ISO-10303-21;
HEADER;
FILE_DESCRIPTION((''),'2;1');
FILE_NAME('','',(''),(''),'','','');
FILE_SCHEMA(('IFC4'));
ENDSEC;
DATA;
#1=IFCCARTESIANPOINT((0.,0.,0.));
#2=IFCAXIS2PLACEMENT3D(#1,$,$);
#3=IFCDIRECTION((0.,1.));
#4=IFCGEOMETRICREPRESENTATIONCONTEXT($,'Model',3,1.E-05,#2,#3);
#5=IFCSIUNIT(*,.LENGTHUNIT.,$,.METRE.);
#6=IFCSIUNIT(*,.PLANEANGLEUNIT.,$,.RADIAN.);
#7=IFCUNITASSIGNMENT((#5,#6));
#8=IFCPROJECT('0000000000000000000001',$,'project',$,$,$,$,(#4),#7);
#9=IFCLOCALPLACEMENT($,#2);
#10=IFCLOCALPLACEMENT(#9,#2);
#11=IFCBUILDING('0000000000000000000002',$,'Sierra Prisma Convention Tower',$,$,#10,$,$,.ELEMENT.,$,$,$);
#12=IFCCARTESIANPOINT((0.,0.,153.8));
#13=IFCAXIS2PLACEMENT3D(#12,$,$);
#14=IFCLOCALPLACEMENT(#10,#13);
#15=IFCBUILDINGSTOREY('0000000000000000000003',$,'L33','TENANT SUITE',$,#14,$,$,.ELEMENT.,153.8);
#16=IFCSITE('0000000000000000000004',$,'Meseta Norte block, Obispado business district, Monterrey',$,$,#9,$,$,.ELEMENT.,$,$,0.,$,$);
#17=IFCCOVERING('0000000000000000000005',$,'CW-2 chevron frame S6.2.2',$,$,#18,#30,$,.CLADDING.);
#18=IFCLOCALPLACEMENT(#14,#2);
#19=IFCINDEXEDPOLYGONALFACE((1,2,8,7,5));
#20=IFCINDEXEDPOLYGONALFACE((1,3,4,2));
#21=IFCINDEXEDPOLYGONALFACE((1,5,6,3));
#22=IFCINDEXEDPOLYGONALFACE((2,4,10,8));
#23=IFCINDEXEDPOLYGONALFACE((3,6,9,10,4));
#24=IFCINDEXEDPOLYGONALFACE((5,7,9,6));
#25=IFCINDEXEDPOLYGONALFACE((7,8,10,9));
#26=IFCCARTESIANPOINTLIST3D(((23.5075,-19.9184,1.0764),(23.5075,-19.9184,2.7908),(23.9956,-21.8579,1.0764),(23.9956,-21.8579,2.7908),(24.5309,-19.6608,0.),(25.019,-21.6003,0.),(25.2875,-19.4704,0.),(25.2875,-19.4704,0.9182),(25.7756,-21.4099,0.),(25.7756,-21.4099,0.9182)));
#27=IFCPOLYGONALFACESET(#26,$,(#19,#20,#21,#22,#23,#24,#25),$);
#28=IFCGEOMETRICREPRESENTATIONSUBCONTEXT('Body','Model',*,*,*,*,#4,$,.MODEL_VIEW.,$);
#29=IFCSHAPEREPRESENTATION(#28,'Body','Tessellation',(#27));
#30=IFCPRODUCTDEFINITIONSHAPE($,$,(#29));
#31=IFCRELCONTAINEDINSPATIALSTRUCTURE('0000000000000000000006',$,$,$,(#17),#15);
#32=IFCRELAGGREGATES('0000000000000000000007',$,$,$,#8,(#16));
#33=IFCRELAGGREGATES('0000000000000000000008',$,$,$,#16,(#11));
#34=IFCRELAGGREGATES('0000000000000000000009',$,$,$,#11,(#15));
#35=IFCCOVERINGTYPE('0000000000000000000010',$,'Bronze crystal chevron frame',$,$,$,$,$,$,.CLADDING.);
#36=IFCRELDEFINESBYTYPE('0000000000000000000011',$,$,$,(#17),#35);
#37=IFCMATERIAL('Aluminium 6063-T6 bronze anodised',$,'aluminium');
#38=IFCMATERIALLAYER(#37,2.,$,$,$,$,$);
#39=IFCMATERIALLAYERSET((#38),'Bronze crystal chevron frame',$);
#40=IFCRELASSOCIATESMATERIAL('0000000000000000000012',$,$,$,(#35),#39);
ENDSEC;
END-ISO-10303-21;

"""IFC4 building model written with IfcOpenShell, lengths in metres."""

from ifc_helpers import new_model, si_unit, direction, frame, origin, place, context, subcontext, project, spatial, polyline, outline, extrude, material, layer, layer_set, type_object, element, save


model = new_model("IFC4")

# Units and contexts
model_context = context("Model", 3, precision=1e-05, world=origin(), true_north=direction((0.0, 1.0)))
body_context = subcontext(model_context, "Body", "Model", "MODEL_VIEW")
ifc_project = project(units=[si_unit("LENGTHUNIT", "METRE"), si_unit("PLANEANGLEUNIT", "RADIAN")], contexts=[model_context])

# Site, building, storey
site_placement = place(None, origin())
site = spatial("IfcSite", under=ifc_project, at=site_placement, Name="Meseta Norte block, Obispado business district, Monterrey", CompositionType="ELEMENT", RefElevation=0.0)
building_placement = place(site_placement, origin())
building = spatial("IfcBuilding", under=site, at=building_placement, Name="Sierra Prisma Convention Tower", CompositionType="ELEMENT")
storey_placement = place(building_placement, frame((0.0, 0.0, 153.8)))
storey = spatial("IfcBuildingStorey", under=building, at=storey_placement, Name="L33", Description="TENANT SUITE", CompositionType="ELEMENT", Elevation=153.8)

# Covering
ifc_material_1 = material(Name="Aluminium 6063-T6 bronze anodised", Category="aluminium")
ifc_layer_1 = layer(ifc_material_1, 2.0)
ifc_layer_set_1 = layer_set([ifc_layer_1], Name="Bronze crystal chevron frame")
covering_type = type_object("IfcCoveringType", Name="Bronze crystal chevron frame", PredefinedType="CLADDING", material=ifc_layer_set_1)
covering_1_placement = place(storey_placement, frame((25.7756, -21.4099, 0.0), z_axis=(0.244071, -0.969757, 0.000003), x_axis=(-0.000001, 0.000003, 1.0)))
element("IfcCovering", 1, at=covering_1_placement, inside=storey, type_object=covering_type, Name="CW-2 chevron frame S6.2.2", PredefinedType="CLADDING", context=body_context, shape_type="SweptSolid", body=[
    extrude(outline(polyline([(0.0, 0.0), (0.9182, 0.0), (2.7908, 1.8355), (1.0764, 1.8355), (0.0, 0.7802), (0.0, 0.0)])), origin(), (0.0, 0.0, -1.0), 2.0),
])

save(model, "model.ifc")
